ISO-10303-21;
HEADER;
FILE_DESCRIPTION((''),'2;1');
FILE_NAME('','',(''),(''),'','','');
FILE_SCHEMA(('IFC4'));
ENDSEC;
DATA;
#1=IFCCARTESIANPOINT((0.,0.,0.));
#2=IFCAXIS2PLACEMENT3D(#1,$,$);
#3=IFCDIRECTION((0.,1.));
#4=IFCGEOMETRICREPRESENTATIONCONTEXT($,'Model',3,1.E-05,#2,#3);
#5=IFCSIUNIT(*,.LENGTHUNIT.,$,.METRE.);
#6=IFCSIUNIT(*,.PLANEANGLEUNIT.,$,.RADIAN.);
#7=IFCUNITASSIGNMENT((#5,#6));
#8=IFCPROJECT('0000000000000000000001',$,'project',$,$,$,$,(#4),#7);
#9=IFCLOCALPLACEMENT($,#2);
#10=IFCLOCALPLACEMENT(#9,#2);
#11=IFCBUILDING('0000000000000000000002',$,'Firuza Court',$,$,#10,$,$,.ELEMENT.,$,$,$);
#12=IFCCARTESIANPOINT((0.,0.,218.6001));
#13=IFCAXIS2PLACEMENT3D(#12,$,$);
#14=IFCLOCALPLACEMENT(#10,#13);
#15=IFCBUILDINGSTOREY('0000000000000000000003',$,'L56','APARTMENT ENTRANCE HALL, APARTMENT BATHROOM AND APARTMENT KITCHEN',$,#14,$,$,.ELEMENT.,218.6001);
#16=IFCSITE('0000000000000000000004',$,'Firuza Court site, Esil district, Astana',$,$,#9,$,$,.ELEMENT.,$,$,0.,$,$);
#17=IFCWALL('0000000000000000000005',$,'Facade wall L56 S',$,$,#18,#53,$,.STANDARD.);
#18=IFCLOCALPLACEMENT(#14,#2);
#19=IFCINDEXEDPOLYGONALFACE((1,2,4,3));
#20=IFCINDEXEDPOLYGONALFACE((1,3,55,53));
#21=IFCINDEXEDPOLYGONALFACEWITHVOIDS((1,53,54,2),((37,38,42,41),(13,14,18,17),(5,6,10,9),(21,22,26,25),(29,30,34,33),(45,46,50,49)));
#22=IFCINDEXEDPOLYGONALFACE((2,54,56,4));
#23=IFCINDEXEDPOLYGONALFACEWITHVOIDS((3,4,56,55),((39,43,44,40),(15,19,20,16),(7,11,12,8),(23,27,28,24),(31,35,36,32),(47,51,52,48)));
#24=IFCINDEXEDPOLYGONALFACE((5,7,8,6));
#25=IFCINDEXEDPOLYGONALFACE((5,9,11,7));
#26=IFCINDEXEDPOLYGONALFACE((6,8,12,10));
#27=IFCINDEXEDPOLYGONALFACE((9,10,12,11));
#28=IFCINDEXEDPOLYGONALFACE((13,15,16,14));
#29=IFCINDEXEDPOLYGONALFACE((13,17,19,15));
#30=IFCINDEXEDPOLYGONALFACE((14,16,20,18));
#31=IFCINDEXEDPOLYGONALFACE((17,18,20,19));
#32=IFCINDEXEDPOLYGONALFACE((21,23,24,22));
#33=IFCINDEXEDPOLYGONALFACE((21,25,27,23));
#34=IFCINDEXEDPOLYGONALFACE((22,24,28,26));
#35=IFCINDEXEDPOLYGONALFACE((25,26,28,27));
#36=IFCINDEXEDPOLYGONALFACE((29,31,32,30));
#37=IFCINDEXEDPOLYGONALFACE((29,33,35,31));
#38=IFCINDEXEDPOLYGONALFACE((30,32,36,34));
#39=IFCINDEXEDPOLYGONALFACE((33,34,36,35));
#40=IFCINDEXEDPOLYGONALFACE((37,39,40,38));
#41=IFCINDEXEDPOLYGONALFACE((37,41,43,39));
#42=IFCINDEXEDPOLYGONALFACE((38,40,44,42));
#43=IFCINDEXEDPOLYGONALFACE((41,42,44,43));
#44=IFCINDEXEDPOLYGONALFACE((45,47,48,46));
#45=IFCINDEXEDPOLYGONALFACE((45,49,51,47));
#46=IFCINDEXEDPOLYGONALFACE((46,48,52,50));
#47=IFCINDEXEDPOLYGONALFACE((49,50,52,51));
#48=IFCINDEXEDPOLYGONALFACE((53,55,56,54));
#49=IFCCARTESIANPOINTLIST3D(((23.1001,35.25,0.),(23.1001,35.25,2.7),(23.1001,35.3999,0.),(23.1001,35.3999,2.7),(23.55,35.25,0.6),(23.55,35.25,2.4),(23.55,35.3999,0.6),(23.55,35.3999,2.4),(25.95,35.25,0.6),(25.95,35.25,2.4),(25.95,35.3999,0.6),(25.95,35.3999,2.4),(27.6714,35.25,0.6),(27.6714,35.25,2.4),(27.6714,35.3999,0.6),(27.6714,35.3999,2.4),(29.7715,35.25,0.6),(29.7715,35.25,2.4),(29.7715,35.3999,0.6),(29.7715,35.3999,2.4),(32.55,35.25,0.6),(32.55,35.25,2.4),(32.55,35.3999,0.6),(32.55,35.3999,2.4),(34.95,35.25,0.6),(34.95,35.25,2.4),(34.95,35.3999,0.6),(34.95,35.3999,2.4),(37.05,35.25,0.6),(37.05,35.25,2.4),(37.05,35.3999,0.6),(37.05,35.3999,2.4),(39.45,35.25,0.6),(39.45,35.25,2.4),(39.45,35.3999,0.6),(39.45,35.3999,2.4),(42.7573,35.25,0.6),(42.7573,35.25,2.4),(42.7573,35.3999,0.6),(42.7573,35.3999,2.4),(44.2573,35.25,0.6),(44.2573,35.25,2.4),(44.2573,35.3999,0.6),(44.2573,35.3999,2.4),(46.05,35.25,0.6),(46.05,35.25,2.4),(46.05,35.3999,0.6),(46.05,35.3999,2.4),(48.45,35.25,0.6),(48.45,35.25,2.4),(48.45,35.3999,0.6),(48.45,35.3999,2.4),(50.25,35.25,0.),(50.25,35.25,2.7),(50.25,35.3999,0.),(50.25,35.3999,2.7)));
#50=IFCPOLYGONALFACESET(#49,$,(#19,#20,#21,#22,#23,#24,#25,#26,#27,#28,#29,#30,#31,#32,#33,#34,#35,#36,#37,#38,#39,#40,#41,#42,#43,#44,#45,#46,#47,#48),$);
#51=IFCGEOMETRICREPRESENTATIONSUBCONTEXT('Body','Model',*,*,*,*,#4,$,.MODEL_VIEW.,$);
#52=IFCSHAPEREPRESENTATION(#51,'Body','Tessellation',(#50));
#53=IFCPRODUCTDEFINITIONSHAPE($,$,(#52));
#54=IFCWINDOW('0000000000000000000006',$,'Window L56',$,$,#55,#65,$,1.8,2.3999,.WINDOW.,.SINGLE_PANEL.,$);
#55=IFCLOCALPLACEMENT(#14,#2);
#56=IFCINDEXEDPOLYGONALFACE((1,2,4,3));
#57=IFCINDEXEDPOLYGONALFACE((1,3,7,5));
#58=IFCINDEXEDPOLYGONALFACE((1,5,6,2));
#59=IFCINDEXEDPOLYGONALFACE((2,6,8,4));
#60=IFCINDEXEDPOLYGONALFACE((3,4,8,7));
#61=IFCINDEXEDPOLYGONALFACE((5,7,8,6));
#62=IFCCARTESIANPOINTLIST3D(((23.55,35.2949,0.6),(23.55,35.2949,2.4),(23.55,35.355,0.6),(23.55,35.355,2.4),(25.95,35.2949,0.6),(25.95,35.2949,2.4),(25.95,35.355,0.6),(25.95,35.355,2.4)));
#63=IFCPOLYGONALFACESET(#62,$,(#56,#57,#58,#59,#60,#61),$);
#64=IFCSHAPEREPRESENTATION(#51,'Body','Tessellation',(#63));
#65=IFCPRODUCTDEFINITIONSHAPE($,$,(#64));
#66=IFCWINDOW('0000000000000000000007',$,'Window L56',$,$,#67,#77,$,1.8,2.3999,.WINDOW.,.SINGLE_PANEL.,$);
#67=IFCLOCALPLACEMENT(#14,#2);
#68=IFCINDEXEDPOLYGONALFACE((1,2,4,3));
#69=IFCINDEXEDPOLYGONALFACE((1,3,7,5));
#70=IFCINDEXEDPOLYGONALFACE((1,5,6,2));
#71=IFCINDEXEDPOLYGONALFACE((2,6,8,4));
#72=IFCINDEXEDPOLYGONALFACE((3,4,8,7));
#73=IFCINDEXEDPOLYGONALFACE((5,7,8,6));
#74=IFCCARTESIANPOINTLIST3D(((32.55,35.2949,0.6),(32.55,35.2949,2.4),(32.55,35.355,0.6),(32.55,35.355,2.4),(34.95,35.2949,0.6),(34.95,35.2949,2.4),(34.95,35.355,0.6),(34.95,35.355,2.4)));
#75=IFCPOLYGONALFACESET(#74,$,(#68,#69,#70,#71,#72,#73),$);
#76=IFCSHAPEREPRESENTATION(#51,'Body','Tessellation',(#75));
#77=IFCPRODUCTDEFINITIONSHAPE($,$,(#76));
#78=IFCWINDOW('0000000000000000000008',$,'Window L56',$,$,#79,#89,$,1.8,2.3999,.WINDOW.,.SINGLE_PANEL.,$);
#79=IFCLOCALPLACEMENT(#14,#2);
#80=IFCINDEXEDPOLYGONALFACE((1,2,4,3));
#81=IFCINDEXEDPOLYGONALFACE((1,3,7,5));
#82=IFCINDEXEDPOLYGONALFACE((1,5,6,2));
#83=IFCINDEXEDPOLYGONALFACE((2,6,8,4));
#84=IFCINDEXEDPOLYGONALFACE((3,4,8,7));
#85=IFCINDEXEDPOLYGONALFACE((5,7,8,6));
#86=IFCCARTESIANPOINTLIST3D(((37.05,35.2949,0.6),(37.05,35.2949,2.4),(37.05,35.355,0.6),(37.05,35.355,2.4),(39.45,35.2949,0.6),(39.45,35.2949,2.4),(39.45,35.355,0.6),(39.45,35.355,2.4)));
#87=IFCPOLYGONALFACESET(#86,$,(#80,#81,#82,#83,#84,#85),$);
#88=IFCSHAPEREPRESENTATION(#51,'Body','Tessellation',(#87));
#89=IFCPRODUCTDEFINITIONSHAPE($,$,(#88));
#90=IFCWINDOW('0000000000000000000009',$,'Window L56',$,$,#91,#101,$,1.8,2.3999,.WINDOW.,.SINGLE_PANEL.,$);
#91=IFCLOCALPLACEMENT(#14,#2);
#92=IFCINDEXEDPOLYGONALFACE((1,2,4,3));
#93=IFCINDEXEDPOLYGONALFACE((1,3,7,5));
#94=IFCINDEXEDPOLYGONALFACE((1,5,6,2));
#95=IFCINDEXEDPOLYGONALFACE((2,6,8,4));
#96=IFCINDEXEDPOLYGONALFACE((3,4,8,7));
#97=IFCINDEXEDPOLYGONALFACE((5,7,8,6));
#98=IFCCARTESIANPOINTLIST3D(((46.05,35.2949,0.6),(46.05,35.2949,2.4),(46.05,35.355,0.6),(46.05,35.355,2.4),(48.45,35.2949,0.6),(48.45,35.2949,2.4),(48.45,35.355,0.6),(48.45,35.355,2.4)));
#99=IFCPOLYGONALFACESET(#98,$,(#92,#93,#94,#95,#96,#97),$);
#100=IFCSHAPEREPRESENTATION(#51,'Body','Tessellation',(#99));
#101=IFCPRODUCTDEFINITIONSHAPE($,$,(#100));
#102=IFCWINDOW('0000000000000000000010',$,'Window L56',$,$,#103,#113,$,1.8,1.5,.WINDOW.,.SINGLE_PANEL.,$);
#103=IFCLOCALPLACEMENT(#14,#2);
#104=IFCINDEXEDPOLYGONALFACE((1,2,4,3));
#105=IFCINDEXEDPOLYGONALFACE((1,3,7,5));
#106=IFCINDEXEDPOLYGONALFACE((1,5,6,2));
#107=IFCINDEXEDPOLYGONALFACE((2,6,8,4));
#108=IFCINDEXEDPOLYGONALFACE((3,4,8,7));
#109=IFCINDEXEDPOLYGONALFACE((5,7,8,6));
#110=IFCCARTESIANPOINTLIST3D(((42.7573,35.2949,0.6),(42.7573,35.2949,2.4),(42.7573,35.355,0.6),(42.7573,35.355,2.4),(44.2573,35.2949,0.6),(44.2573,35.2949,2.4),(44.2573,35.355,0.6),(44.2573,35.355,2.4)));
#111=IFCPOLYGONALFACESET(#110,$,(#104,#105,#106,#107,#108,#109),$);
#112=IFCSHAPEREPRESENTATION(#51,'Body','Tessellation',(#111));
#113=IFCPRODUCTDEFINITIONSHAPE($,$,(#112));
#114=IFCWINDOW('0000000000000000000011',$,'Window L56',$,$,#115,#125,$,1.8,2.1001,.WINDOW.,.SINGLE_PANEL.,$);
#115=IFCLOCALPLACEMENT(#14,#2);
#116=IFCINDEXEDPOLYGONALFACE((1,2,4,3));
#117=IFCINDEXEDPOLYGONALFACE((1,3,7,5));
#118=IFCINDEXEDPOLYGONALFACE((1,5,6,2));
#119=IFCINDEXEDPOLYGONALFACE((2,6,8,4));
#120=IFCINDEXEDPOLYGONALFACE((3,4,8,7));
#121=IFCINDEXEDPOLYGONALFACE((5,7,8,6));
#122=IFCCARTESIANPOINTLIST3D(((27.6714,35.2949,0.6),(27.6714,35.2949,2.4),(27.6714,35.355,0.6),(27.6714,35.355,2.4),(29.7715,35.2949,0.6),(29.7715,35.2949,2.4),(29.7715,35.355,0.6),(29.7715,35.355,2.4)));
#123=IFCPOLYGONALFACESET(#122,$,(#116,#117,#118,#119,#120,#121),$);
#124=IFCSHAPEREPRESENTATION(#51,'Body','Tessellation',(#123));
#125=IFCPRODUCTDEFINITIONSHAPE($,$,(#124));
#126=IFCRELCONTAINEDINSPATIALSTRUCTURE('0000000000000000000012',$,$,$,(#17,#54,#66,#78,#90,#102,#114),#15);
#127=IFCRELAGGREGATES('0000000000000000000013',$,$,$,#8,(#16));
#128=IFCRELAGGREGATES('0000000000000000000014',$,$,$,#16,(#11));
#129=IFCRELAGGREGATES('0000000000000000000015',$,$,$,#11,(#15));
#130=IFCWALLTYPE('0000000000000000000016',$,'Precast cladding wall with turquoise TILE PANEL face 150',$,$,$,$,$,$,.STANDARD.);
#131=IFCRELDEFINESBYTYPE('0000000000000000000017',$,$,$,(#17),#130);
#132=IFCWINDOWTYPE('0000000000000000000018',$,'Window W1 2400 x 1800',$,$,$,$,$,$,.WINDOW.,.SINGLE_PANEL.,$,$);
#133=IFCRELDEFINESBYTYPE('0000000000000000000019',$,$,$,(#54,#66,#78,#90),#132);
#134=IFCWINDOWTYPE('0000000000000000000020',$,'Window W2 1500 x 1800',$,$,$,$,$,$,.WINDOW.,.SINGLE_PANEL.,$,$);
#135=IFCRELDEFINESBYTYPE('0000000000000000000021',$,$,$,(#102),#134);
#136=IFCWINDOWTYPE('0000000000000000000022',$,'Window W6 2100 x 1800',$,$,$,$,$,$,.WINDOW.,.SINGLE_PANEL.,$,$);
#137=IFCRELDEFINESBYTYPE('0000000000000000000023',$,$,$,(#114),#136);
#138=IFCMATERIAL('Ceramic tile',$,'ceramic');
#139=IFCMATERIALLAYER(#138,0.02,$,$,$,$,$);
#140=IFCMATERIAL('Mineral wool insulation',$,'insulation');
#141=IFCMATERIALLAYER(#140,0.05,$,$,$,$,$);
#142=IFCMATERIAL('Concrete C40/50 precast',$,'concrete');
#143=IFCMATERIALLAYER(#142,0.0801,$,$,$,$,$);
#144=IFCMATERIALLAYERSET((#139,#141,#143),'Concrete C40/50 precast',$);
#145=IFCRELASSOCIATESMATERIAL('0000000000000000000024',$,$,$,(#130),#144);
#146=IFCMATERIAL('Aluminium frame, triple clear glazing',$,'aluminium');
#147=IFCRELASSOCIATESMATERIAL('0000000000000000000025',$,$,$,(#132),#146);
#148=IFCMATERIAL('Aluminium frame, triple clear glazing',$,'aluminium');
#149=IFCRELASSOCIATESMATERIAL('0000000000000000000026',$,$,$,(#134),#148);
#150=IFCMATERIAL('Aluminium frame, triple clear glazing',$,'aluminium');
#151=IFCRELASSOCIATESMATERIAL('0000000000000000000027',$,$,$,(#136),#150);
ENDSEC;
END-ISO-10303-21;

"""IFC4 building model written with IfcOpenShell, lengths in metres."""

from ifc_helpers import new_model, si_unit, direction, frame, frame_2d, origin, place, context, subcontext, project, spatial, rectangle, extrude, material, layer, layer_set, type_object, element, fill, save


model = new_model("IFC4")

# Units and contexts
model_context = context("Model", 3, precision=1e-05, world=origin(), true_north=direction((0.0, 1.0)))
body_context = subcontext(model_context, "Body", "Model", "MODEL_VIEW")
ifc_project = project(units=[si_unit("LENGTHUNIT", "METRE"), si_unit("PLANEANGLEUNIT", "RADIAN")], contexts=[model_context])

# Site, building, storey
site_placement = place(None, origin())
site = spatial("IfcSite", under=ifc_project, at=site_placement, Name="Firuza Court site, Esil district, Astana", CompositionType="ELEMENT", RefElevation=0.0)
building_placement = place(site_placement, origin())
building = spatial("IfcBuilding", under=site, at=building_placement, Name="Firuza Court", CompositionType="ELEMENT")
storey_placement = place(building_placement, frame((0.0, 0.0, 218.6001)))
storey = spatial("IfcBuildingStorey", under=building, at=storey_placement, Name="L56", Description="APARTMENT ENTRANCE HALL, APARTMENT BATHROOM AND APARTMENT KITCHEN", CompositionType="ELEMENT", Elevation=218.6001)

# Wall, openings, windows
ifc_material_1 = material(Name="Ceramic tile", Category="ceramic")
ifc_layer_1 = layer(ifc_material_1, 0.02)
ifc_material_2 = material(Name="Mineral wool insulation", Category="insulation")
ifc_layer_2 = layer(ifc_material_2, 0.05)
ifc_material_3 = material(Name="Concrete C40/50 precast", Category="concrete")
ifc_layer_3 = layer(ifc_material_3, 0.0801)
ifc_layer_set_1 = layer_set([ifc_layer_1, ifc_layer_2, ifc_layer_3], Name="Concrete C40/50 precast")
wall_type_1 = type_object("IfcWallType", Name="Precast cladding wall with turquoise TILE PANEL face 150", PredefinedType="STANDARD", material=ifc_layer_set_1)
wall_1_placement = place(storey_placement, frame((23.1001, 35.325, 0.0), z_axis=(0.0, 0.0, 1.0), x_axis=(1.0, 0.0, 0.0)))
wall_1 = element("IfcWall", 1, at=wall_1_placement, inside=storey, type_object=wall_type_1, Name="Facade wall L56 S", PredefinedType="STANDARD", context=body_context, shape_type="SweptSolid", body=[
    extrude(rectangle(XDim=27.1499, YDim=0.1499, at=frame_2d((13.575, 0.0))), origin(), (0.0, 0.0, 1.0), 2.7),
])
opening_1_placement = place(wall_1_placement, frame((0.45, 0.0, 0.6001)))
opening_1 = element("IfcOpeningElement", 2, at=opening_1_placement, cuts=wall_1, PredefinedType="OPENING", context=body_context, shape_type="SweptSolid", body=[
    extrude(rectangle(XDim=2.3999, YDim=1.8, at=frame_2d((1.2, 0.8999))), frame((0.0, 0.0869, 0.0), z_axis=(0.0, -1.0, 0.0), x_axis=(1.0, 0.0, 0.0)), (0.0, 0.0, 1.0), 0.1738),
])
opening_2_placement = place(wall_1_placement, frame((4.5713, 0.0, 0.6001)))
opening_2 = element("IfcOpeningElement", 3, at=opening_2_placement, cuts=wall_1, PredefinedType="OPENING", context=body_context, shape_type="SweptSolid", body=[
    extrude(rectangle(XDim=2.1001, YDim=1.8, at=frame_2d((1.05, 0.8999))), frame((0.0, 0.0869, 0.0), z_axis=(0.0, -1.0, 0.0), x_axis=(1.0, 0.0, 0.0)), (0.0, 0.0, 1.0), 0.1738),
])
opening_3_placement = place(wall_1_placement, frame((9.45, 0.0, 0.6001)))
opening_3 = element("IfcOpeningElement", 4, at=opening_3_placement, cuts=wall_1, PredefinedType="OPENING", context=body_context, shape_type="SweptSolid", body=[
    extrude(rectangle(XDim=2.3999, YDim=1.8, at=frame_2d((1.2, 0.8999))), frame((0.0, 0.0869, 0.0), z_axis=(0.0, -1.0, 0.0), x_axis=(1.0, 0.0, 0.0)), (0.0, 0.0, 1.0), 0.1738),
])
opening_4_placement = place(wall_1_placement, frame((13.95, 0.0, 0.6001)))
opening_4 = element("IfcOpeningElement", 5, at=opening_4_placement, cuts=wall_1, PredefinedType="OPENING", context=body_context, shape_type="SweptSolid", body=[
    extrude(rectangle(XDim=2.3999, YDim=1.8, at=frame_2d((1.2, 0.8999))), frame((0.0, 0.0869, 0.0), z_axis=(0.0, -1.0, 0.0), x_axis=(1.0, 0.0, 0.0)), (0.0, 0.0, 1.0), 0.1738),
])
opening_5_placement = place(wall_1_placement, frame((19.6572, 0.0, 0.6001)))
opening_5 = element("IfcOpeningElement", 6, at=opening_5_placement, cuts=wall_1, PredefinedType="OPENING", context=body_context, shape_type="SweptSolid", body=[
    extrude(rectangle(XDim=1.5, YDim=1.8, at=frame_2d((0.75, 0.8999))), frame((0.0, 0.0869, 0.0), z_axis=(0.0, -1.0, 0.0), x_axis=(1.0, 0.0, 0.0)), (0.0, 0.0, 1.0), 0.1738),
])
opening_6_placement = place(wall_1_placement, frame((22.95, 0.0, 0.6001)))
opening_6 = element("IfcOpeningElement", 7, at=opening_6_placement, cuts=wall_1, PredefinedType="OPENING", context=body_context, shape_type="SweptSolid", body=[
    extrude(rectangle(XDim=2.3999, YDim=1.8, at=frame_2d((1.2, 0.8999))), frame((0.0, 0.0869, 0.0), z_axis=(0.0, -1.0, 0.0), x_axis=(1.0, 0.0, 0.0)), (0.0, 0.0, 1.0), 0.1738),
])
ifc_material_4 = material(Name="Aluminium frame, triple clear glazing", Category="aluminium")
window_type_1 = type_object("IfcWindowType", Name="Window W1 2400 x 1800", PartitioningType="SINGLE_PANEL", PredefinedType="WINDOW", material=ifc_material_4)
window_1_placement = place(opening_1_placement, origin())
window_1 = element("IfcWindow", 8, at=window_1_placement, inside=storey, type_object=window_type_1, Name="Window L56", OverallHeight=1.8, OverallWidth=2.3999, PartitioningType="SINGLE_PANEL", PredefinedType="WINDOW", context=body_context, shape_type="SweptSolid", body=[
    extrude(rectangle(XDim=2.3999, YDim=1.8, at=frame_2d((1.2, 0.8999))), frame((0.0, 0.03, 0.0), z_axis=(0.0, -1.0, 0.0), x_axis=(1.0, 0.0, 0.0)), (0.0, 0.0, 1.0), 0.0601),
])
fill(opening_1, window_1)
window_2_placement = place(opening_3_placement, origin())
window_2 = element("IfcWindow", 9, at=window_2_placement, inside=storey, type_object=window_type_1, Name="Window L56", OverallHeight=1.8, OverallWidth=2.3999, PartitioningType="SINGLE_PANEL", PredefinedType="WINDOW", context=body_context, shape_type="SweptSolid", body=[
    extrude(rectangle(XDim=2.3999, YDim=1.8, at=frame_2d((1.2, 0.8999))), frame((0.0, 0.03, 0.0), z_axis=(0.0, -1.0, 0.0), x_axis=(1.0, 0.0, 0.0)), (0.0, 0.0, 1.0), 0.0601),
])
fill(opening_3, window_2)
window_3_placement = place(opening_4_placement, origin())
window_3 = element("IfcWindow", 10, at=window_3_placement, inside=storey, type_object=window_type_1, Name="Window L56", OverallHeight=1.8, OverallWidth=2.3999, PartitioningType="SINGLE_PANEL", PredefinedType="WINDOW", context=body_context, shape_type="SweptSolid", body=[
    extrude(rectangle(XDim=2.3999, YDim=1.8, at=frame_2d((1.2, 0.8999))), frame((0.0, 0.03, 0.0), z_axis=(0.0, -1.0, 0.0), x_axis=(1.0, 0.0, 0.0)), (0.0, 0.0, 1.0), 0.0601),
])
fill(opening_4, window_3)
window_4_placement = place(opening_6_placement, origin())
window_4 = element("IfcWindow", 11, at=window_4_placement, inside=storey, type_object=window_type_1, Name="Window L56", OverallHeight=1.8, OverallWidth=2.3999, PartitioningType="SINGLE_PANEL", PredefinedType="WINDOW", context=body_context, shape_type="SweptSolid", body=[
    extrude(rectangle(XDim=2.3999, YDim=1.8, at=frame_2d((1.2, 0.8999))), frame((0.0, 0.03, 0.0), z_axis=(0.0, -1.0, 0.0), x_axis=(1.0, 0.0, 0.0)), (0.0, 0.0, 1.0), 0.0601),
])
fill(opening_6, window_4)
ifc_material_5 = material(Name="Aluminium frame, triple clear glazing", Category="aluminium")
window_type_2 = type_object("IfcWindowType", Name="Window W2 1500 x 1800", PartitioningType="SINGLE_PANEL", PredefinedType="WINDOW", material=ifc_material_5)
window_5_placement = place(opening_5_placement, origin())
window_5 = element("IfcWindow", 12, at=window_5_placement, inside=storey, type_object=window_type_2, Name="Window L56", OverallHeight=1.8, OverallWidth=1.5, PartitioningType="SINGLE_PANEL", PredefinedType="WINDOW", context=body_context, shape_type="SweptSolid", body=[
    extrude(rectangle(XDim=1.5, YDim=1.8, at=frame_2d((0.75, 0.8999))), frame((0.0, 0.03, 0.0), z_axis=(0.0, -1.0, 0.0), x_axis=(1.0, 0.0, 0.0)), (0.0, 0.0, 1.0), 0.0601),
])
fill(opening_5, window_5)
ifc_material_6 = material(Name="Aluminium frame, triple clear glazing", Category="aluminium")
window_type_3 = type_object("IfcWindowType", Name="Window W6 2100 x 1800", PartitioningType="SINGLE_PANEL", PredefinedType="WINDOW", material=ifc_material_6)
window_6_placement = place(opening_2_placement, origin())
window_6 = element("IfcWindow", 13, at=window_6_placement, inside=storey, type_object=window_type_3, Name="Window L56", OverallHeight=1.8, OverallWidth=2.1001, PartitioningType="SINGLE_PANEL", PredefinedType="WINDOW", context=body_context, shape_type="SweptSolid", body=[
    extrude(rectangle(XDim=2.1001, YDim=1.8, at=frame_2d((1.05, 0.8999))), frame((0.0, 0.03, 0.0), z_axis=(0.0, -1.0, 0.0), x_axis=(1.0, 0.0, 0.0)), (0.0, 0.0, 1.0), 0.0601),
])
fill(opening_2, window_6)

save(model, "model.ifc")
